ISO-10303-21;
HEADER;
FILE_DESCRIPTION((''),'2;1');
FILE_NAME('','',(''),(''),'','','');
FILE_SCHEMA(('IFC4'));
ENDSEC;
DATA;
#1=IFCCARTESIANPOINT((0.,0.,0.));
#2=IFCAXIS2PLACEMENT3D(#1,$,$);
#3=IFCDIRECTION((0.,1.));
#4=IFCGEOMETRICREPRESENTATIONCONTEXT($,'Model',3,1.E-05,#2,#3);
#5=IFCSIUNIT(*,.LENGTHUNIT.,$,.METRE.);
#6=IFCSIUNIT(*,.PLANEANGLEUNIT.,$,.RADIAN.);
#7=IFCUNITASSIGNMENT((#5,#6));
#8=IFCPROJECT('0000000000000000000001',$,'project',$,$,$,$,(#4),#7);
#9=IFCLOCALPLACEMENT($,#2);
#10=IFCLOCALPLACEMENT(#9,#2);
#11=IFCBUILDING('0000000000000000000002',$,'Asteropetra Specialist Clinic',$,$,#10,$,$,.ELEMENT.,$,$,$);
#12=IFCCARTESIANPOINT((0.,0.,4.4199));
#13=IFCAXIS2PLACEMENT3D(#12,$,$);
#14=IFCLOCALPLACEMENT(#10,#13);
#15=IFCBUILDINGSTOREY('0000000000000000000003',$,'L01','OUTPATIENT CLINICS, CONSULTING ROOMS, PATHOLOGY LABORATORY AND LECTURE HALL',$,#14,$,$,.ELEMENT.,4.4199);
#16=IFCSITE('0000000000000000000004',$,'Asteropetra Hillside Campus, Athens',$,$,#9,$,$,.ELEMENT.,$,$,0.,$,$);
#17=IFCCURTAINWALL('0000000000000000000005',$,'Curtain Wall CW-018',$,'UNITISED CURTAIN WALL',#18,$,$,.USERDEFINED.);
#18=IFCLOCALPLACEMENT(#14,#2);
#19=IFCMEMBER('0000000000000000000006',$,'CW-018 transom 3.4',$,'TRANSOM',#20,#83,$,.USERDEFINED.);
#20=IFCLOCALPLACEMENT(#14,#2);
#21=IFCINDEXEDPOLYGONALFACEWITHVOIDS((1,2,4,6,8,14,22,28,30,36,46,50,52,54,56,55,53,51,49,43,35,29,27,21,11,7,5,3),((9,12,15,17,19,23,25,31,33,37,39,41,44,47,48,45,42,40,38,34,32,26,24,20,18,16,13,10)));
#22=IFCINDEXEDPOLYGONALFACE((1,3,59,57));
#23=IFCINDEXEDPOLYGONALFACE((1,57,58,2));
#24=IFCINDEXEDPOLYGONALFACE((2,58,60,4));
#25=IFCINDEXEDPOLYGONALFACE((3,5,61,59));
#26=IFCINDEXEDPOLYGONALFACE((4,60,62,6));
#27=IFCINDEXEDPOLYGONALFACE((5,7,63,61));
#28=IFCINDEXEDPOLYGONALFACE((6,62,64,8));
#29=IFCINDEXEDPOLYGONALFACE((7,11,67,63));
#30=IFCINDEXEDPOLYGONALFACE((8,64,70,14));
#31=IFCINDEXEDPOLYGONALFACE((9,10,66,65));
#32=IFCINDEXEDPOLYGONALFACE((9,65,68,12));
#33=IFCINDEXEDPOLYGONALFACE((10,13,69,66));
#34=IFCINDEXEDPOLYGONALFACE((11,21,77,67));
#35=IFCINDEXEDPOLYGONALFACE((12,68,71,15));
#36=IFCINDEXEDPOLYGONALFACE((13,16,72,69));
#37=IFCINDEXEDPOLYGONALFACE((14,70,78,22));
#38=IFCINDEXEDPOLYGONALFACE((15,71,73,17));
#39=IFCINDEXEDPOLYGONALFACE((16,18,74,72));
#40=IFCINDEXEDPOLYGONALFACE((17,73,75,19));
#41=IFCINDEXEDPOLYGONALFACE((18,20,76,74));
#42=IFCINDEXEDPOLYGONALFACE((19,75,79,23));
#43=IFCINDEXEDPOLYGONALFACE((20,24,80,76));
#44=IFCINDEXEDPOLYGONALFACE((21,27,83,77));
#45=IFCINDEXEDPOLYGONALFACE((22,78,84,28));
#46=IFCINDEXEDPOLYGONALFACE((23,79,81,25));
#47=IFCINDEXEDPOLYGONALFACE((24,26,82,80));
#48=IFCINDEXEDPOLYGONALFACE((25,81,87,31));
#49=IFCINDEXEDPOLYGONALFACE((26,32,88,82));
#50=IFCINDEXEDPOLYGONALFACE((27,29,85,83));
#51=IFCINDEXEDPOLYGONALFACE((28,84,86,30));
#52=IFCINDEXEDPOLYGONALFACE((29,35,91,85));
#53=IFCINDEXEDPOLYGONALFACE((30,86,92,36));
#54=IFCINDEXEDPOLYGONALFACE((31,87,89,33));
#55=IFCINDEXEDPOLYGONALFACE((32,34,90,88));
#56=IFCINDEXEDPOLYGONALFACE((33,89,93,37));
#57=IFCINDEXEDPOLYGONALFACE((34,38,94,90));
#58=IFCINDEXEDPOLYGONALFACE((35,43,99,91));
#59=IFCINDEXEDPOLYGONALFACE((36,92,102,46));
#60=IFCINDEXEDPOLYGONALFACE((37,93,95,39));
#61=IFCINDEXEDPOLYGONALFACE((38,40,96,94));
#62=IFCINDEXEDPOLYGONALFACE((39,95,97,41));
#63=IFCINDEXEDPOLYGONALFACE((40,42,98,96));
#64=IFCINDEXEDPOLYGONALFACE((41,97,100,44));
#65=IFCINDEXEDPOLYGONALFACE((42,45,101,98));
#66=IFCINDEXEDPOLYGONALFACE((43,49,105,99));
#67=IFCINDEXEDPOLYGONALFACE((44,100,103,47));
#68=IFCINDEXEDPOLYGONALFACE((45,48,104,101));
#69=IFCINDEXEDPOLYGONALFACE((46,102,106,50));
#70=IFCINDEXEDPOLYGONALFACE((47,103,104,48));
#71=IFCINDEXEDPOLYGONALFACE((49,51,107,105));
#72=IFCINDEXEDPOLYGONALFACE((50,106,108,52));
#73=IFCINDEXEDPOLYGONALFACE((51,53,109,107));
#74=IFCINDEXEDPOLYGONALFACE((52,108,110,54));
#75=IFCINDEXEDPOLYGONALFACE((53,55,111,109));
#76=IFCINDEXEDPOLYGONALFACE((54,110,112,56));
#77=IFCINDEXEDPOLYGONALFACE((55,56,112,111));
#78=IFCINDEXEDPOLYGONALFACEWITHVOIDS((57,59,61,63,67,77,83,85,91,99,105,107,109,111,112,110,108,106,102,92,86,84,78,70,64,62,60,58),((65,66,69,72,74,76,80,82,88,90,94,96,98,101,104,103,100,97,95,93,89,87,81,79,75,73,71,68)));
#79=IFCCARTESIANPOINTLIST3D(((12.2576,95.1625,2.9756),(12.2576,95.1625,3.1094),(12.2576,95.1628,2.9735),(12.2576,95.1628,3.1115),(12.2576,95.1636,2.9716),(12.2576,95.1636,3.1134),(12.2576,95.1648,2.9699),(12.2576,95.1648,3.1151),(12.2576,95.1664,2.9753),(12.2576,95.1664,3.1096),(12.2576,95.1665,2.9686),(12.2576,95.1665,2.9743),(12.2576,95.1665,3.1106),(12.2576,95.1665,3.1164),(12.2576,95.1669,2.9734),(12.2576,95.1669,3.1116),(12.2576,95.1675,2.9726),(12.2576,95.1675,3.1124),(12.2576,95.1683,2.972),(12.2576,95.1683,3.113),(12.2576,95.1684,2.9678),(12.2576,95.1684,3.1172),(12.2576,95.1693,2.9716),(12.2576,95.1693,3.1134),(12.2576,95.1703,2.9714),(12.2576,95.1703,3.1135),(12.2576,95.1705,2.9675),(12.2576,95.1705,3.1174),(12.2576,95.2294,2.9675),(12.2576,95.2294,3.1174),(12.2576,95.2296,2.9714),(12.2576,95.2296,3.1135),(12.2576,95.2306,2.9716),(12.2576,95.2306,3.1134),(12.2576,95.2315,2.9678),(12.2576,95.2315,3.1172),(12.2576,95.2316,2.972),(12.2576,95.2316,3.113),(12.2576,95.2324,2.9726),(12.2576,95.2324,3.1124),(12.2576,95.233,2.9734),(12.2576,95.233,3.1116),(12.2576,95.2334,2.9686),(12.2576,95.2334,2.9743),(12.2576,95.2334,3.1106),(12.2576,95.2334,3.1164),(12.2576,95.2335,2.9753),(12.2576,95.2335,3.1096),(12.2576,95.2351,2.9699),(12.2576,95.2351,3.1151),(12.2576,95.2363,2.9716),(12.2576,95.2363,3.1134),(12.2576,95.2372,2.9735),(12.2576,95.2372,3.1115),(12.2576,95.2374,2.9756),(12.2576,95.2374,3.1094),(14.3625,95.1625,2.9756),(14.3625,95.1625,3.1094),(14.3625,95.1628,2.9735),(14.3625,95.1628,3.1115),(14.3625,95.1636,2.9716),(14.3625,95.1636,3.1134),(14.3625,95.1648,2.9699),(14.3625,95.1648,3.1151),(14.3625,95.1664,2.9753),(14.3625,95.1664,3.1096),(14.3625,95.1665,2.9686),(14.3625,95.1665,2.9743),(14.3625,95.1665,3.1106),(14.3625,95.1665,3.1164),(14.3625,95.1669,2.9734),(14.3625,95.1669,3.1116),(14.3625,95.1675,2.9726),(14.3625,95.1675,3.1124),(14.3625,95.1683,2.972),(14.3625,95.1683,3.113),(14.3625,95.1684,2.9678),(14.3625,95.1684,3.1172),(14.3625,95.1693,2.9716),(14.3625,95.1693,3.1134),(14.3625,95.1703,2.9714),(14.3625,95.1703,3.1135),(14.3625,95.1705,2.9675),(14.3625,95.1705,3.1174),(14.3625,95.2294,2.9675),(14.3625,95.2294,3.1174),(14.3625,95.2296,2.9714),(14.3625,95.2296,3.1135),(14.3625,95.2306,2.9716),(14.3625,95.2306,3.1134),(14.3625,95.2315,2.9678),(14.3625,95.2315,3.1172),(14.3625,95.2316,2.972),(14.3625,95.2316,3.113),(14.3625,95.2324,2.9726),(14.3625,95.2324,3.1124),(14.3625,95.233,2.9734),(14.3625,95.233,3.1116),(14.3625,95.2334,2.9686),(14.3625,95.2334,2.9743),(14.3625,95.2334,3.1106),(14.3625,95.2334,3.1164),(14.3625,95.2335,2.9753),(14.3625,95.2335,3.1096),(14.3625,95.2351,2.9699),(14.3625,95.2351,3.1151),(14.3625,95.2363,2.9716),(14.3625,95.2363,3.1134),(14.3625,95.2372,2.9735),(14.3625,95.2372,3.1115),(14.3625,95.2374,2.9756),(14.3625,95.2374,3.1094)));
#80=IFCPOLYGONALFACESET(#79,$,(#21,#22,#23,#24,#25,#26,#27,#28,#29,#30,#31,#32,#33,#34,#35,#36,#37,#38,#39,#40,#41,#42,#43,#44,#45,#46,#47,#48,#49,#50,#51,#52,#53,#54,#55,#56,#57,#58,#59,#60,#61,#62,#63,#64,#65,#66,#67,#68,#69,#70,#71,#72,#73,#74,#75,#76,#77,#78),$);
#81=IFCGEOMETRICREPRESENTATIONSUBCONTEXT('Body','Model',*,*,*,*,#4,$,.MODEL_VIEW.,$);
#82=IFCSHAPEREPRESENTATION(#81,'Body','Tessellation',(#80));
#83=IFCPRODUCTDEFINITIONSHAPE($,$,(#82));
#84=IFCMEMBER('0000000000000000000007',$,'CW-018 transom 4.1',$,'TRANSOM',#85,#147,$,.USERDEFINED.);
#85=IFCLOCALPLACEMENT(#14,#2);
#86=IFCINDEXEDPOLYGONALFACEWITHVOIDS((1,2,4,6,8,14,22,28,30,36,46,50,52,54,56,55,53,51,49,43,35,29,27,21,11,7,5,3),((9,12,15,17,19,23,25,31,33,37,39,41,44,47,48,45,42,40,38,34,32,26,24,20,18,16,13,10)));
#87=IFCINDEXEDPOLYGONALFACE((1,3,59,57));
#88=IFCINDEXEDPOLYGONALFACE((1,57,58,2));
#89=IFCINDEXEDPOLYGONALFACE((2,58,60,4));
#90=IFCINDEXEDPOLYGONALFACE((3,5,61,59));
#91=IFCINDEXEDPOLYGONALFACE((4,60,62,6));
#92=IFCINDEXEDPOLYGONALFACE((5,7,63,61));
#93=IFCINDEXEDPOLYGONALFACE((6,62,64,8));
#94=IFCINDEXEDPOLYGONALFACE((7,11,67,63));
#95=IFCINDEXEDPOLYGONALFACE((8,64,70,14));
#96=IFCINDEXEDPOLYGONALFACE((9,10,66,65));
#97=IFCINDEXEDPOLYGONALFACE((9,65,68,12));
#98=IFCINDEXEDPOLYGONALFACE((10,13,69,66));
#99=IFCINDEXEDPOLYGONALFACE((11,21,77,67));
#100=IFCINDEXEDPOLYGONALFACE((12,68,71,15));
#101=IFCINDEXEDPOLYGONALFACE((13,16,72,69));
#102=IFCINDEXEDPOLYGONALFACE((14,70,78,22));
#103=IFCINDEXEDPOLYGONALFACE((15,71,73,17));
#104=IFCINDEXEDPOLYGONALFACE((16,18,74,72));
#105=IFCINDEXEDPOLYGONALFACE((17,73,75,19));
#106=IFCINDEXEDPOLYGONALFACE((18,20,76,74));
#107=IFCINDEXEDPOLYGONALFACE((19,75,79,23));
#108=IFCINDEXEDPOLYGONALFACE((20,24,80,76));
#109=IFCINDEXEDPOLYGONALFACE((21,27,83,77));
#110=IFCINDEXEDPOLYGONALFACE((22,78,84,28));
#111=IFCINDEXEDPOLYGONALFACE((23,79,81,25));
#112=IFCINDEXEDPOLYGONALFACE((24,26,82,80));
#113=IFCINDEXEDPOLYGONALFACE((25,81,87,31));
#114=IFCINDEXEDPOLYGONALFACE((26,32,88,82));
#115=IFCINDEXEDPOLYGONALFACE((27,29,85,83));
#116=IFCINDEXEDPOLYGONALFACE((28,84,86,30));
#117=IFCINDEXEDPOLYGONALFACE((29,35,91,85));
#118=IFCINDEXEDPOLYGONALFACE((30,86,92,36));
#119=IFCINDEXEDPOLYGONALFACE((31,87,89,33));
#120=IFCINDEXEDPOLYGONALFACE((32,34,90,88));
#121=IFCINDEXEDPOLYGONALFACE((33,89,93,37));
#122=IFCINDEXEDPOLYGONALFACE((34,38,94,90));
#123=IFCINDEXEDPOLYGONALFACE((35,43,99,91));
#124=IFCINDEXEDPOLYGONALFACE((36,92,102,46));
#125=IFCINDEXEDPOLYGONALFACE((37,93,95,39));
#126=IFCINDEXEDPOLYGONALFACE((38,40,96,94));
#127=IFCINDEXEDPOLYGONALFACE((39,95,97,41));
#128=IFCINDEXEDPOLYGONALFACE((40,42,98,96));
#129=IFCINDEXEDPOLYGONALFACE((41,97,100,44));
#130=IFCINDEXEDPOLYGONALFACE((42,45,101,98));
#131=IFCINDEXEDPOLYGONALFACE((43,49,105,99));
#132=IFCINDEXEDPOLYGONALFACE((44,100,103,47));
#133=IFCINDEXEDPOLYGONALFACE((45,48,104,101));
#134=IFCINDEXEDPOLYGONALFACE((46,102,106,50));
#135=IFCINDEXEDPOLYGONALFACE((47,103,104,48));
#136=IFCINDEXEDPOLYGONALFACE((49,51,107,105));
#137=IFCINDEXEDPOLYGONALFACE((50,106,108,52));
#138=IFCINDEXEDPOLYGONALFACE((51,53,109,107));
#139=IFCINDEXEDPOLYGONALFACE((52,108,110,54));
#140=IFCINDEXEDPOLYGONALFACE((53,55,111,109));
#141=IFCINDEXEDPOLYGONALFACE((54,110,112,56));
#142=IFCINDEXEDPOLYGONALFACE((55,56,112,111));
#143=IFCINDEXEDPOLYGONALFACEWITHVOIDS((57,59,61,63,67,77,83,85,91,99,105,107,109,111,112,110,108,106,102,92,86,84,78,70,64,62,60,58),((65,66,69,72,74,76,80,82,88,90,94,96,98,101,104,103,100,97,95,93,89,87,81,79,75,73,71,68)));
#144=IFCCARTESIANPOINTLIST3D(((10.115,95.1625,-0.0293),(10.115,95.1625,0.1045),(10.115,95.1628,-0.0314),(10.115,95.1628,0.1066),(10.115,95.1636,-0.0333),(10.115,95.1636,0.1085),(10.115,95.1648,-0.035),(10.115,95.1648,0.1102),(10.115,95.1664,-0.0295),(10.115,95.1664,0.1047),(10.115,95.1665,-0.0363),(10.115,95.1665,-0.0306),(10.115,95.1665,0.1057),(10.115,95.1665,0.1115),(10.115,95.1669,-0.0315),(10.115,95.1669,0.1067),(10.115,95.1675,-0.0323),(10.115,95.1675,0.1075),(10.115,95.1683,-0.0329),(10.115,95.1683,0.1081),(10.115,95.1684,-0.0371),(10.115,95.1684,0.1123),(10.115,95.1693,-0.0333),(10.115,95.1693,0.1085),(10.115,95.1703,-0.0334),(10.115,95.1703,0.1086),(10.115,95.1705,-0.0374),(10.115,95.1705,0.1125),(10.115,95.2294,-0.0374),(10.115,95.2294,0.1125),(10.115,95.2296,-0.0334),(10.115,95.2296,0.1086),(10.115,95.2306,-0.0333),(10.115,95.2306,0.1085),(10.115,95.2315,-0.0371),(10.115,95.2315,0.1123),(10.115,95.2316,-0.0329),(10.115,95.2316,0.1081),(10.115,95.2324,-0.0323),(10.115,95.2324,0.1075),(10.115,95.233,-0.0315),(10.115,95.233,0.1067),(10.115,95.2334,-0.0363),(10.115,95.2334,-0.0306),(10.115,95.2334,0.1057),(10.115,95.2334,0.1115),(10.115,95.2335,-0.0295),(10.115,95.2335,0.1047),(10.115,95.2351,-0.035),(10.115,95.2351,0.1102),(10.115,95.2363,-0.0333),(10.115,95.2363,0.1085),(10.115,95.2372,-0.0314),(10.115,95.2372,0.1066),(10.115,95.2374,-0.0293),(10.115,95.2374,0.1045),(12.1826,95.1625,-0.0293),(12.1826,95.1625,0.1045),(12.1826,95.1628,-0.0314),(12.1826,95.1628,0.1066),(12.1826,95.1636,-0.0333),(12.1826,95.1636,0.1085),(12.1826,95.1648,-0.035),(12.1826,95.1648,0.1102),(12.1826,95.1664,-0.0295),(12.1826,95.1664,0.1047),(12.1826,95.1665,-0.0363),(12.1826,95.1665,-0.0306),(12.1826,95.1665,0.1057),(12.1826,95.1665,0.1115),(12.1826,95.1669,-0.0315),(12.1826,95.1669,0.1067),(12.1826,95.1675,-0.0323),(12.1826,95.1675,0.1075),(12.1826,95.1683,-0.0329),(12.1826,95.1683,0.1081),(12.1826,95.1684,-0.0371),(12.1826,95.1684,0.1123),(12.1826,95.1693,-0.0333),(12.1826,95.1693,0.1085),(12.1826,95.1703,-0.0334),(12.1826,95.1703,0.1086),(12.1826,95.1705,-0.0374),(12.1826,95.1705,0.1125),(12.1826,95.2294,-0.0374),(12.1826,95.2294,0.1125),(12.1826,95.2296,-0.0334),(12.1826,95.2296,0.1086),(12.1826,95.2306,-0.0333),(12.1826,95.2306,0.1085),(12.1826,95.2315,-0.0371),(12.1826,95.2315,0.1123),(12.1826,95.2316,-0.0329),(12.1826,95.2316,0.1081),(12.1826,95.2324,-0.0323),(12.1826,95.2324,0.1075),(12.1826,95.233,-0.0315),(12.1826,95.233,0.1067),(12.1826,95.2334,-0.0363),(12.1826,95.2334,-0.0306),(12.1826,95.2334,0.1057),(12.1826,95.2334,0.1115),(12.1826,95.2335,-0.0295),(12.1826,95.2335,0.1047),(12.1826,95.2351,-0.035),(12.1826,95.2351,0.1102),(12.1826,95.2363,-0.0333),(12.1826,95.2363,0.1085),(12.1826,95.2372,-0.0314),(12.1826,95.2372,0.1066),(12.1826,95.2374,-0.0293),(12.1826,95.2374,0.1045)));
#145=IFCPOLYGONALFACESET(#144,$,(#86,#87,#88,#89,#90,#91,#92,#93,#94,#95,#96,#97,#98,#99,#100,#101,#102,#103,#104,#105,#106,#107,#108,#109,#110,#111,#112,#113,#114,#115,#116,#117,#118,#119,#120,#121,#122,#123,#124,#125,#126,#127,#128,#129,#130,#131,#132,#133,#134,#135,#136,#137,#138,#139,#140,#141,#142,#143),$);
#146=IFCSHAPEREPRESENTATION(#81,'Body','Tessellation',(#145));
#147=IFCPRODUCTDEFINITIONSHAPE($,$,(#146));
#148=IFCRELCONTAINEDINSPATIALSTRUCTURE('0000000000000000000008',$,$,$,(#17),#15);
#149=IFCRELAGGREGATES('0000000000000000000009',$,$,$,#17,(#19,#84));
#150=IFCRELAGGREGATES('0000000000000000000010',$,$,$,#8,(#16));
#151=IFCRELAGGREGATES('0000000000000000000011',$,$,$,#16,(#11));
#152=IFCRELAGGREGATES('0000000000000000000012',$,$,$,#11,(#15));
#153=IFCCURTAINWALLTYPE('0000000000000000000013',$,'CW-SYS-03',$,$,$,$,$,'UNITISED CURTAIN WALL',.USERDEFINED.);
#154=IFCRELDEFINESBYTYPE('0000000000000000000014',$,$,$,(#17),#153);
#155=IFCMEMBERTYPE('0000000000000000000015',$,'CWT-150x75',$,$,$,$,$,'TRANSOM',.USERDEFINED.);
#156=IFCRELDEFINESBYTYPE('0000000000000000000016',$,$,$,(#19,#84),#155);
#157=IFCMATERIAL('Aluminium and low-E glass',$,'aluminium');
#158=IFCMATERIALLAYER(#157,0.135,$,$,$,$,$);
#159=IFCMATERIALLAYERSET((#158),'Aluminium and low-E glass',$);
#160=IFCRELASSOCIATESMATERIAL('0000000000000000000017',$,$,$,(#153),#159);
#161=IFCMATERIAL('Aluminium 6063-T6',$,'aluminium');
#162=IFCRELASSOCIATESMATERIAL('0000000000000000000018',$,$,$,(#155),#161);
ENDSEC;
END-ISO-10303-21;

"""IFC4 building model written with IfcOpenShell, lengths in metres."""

from ifc_helpers import new_model, si_unit, direction, frame, origin, origin_2d, place, context, subcontext, project, spatial, hollow_rectangle, extrude, material, layer, layer_set, material_profile, profile_set, type_object, element, aggregate, save


model = new_model("IFC4")

# Units and contexts
model_context = context("Model", 3, precision=1e-05, world=origin(), true_north=direction((0.0, 1.0)))
body_context = subcontext(model_context, "Body", "Model", "MODEL_VIEW")
ifc_project = project(units=[si_unit("LENGTHUNIT", "METRE"), si_unit("PLANEANGLEUNIT", "RADIAN")], contexts=[model_context])

# Site, building, storey
site_placement = place(None, origin())
site = spatial("IfcSite", under=ifc_project, at=site_placement, Name="Asteropetra Hillside Campus, Athens", CompositionType="ELEMENT", RefElevation=0.0)
building_placement = place(site_placement, origin())
building = spatial("IfcBuilding", under=site, at=building_placement, Name="Asteropetra Specialist Clinic", CompositionType="ELEMENT")
storey_placement = place(building_placement, frame((0.0, 0.0, 4.4199)))
storey = spatial("IfcBuildingStorey", under=building, at=storey_placement, Name="L01", Description="OUTPATIENT CLINICS, CONSULTING ROOMS, PATHOLOGY LABORATORY AND LECTURE HALL", CompositionType="ELEMENT", Elevation=4.4199)

# Curtain wall, members
ifc_material_1 = material(Name="Aluminium and low-E glass", Category="aluminium")
ifc_layer_1 = layer(ifc_material_1, 0.135)
ifc_layer_set_1 = layer_set([ifc_layer_1], Name="Aluminium and low-E glass")
curtain_wall_type = type_object("IfcCurtainWallType", Name="CW-SYS-03", ElementType="UNITISED CURTAIN WALL", PredefinedType="USERDEFINED", material=ifc_layer_set_1)
curtain_wall_placement = place(storey_placement, origin())
curtain_wall = element("IfcCurtainWall", 1, at=curtain_wall_placement, inside=storey, type_object=curtain_wall_type, Name="Curtain Wall CW-018", ObjectType="UNITISED CURTAIN WALL", PredefinedType="USERDEFINED")
ifc_material_2 = material(Name="Aluminium 6063-T6", Category="aluminium")
ifc_material_profile_1 = material_profile(ifc_material_2, hollow_rectangle(XDim=0.075, YDim=0.1499, WallThickness=0.0039, InnerFilletRadius=0.0039, OuterFilletRadius=0.0081, at=origin_2d()), Name="TRN 150x75x4.0")
ifc_profile_set_1 = profile_set([ifc_material_profile_1], Name="Aluminium 6063-T6")
member_type_1 = type_object("IfcMemberType", Name="CWT-150x75", ElementType="TRANSOM", PredefinedType="USERDEFINED", material=ifc_profile_set_1)
member_1_placement = place(storey_placement, frame((14.3625, 95.2, 3.0425), z_axis=(-1.0, 0.0, 0.0), x_axis=(0.0, -1.0, 0.0)))
member_1 = element("IfcMember", 2, at=member_1_placement, type_object=member_type_1, Name="CW-018 transom 3.4", ObjectType="TRANSOM", PredefinedType="USERDEFINED", context=body_context, shape_type="SweptSolid", body=[
    extrude(hollow_rectangle(XDim=0.075, YDim=0.1499, WallThickness=0.0039, InnerFilletRadius=0.0039, OuterFilletRadius=0.0081, at=origin_2d()), origin(), (0.0, 0.0, 1.0), 2.105),
])
member_2_placement = place(storey_placement, frame((12.1826, 95.2, 0.0376), z_axis=(-1.0, 0.0, 0.0), x_axis=(0.0, -1.0, 0.0)))
member_2 = element("IfcMember", 3, at=member_2_placement, type_object=member_type_1, Name="CW-018 transom 4.1", ObjectType="TRANSOM", PredefinedType="USERDEFINED", context=body_context, shape_type="SweptSolid", body=[
    extrude(hollow_rectangle(XDim=0.075, YDim=0.1499, WallThickness=0.0039, InnerFilletRadius=0.0039, OuterFilletRadius=0.0081, at=origin_2d()), origin(), (0.0, 0.0, 1.0), 2.0676),
])
aggregate(curtain_wall, [member_1, member_2])

save(model, "model.ifc")
